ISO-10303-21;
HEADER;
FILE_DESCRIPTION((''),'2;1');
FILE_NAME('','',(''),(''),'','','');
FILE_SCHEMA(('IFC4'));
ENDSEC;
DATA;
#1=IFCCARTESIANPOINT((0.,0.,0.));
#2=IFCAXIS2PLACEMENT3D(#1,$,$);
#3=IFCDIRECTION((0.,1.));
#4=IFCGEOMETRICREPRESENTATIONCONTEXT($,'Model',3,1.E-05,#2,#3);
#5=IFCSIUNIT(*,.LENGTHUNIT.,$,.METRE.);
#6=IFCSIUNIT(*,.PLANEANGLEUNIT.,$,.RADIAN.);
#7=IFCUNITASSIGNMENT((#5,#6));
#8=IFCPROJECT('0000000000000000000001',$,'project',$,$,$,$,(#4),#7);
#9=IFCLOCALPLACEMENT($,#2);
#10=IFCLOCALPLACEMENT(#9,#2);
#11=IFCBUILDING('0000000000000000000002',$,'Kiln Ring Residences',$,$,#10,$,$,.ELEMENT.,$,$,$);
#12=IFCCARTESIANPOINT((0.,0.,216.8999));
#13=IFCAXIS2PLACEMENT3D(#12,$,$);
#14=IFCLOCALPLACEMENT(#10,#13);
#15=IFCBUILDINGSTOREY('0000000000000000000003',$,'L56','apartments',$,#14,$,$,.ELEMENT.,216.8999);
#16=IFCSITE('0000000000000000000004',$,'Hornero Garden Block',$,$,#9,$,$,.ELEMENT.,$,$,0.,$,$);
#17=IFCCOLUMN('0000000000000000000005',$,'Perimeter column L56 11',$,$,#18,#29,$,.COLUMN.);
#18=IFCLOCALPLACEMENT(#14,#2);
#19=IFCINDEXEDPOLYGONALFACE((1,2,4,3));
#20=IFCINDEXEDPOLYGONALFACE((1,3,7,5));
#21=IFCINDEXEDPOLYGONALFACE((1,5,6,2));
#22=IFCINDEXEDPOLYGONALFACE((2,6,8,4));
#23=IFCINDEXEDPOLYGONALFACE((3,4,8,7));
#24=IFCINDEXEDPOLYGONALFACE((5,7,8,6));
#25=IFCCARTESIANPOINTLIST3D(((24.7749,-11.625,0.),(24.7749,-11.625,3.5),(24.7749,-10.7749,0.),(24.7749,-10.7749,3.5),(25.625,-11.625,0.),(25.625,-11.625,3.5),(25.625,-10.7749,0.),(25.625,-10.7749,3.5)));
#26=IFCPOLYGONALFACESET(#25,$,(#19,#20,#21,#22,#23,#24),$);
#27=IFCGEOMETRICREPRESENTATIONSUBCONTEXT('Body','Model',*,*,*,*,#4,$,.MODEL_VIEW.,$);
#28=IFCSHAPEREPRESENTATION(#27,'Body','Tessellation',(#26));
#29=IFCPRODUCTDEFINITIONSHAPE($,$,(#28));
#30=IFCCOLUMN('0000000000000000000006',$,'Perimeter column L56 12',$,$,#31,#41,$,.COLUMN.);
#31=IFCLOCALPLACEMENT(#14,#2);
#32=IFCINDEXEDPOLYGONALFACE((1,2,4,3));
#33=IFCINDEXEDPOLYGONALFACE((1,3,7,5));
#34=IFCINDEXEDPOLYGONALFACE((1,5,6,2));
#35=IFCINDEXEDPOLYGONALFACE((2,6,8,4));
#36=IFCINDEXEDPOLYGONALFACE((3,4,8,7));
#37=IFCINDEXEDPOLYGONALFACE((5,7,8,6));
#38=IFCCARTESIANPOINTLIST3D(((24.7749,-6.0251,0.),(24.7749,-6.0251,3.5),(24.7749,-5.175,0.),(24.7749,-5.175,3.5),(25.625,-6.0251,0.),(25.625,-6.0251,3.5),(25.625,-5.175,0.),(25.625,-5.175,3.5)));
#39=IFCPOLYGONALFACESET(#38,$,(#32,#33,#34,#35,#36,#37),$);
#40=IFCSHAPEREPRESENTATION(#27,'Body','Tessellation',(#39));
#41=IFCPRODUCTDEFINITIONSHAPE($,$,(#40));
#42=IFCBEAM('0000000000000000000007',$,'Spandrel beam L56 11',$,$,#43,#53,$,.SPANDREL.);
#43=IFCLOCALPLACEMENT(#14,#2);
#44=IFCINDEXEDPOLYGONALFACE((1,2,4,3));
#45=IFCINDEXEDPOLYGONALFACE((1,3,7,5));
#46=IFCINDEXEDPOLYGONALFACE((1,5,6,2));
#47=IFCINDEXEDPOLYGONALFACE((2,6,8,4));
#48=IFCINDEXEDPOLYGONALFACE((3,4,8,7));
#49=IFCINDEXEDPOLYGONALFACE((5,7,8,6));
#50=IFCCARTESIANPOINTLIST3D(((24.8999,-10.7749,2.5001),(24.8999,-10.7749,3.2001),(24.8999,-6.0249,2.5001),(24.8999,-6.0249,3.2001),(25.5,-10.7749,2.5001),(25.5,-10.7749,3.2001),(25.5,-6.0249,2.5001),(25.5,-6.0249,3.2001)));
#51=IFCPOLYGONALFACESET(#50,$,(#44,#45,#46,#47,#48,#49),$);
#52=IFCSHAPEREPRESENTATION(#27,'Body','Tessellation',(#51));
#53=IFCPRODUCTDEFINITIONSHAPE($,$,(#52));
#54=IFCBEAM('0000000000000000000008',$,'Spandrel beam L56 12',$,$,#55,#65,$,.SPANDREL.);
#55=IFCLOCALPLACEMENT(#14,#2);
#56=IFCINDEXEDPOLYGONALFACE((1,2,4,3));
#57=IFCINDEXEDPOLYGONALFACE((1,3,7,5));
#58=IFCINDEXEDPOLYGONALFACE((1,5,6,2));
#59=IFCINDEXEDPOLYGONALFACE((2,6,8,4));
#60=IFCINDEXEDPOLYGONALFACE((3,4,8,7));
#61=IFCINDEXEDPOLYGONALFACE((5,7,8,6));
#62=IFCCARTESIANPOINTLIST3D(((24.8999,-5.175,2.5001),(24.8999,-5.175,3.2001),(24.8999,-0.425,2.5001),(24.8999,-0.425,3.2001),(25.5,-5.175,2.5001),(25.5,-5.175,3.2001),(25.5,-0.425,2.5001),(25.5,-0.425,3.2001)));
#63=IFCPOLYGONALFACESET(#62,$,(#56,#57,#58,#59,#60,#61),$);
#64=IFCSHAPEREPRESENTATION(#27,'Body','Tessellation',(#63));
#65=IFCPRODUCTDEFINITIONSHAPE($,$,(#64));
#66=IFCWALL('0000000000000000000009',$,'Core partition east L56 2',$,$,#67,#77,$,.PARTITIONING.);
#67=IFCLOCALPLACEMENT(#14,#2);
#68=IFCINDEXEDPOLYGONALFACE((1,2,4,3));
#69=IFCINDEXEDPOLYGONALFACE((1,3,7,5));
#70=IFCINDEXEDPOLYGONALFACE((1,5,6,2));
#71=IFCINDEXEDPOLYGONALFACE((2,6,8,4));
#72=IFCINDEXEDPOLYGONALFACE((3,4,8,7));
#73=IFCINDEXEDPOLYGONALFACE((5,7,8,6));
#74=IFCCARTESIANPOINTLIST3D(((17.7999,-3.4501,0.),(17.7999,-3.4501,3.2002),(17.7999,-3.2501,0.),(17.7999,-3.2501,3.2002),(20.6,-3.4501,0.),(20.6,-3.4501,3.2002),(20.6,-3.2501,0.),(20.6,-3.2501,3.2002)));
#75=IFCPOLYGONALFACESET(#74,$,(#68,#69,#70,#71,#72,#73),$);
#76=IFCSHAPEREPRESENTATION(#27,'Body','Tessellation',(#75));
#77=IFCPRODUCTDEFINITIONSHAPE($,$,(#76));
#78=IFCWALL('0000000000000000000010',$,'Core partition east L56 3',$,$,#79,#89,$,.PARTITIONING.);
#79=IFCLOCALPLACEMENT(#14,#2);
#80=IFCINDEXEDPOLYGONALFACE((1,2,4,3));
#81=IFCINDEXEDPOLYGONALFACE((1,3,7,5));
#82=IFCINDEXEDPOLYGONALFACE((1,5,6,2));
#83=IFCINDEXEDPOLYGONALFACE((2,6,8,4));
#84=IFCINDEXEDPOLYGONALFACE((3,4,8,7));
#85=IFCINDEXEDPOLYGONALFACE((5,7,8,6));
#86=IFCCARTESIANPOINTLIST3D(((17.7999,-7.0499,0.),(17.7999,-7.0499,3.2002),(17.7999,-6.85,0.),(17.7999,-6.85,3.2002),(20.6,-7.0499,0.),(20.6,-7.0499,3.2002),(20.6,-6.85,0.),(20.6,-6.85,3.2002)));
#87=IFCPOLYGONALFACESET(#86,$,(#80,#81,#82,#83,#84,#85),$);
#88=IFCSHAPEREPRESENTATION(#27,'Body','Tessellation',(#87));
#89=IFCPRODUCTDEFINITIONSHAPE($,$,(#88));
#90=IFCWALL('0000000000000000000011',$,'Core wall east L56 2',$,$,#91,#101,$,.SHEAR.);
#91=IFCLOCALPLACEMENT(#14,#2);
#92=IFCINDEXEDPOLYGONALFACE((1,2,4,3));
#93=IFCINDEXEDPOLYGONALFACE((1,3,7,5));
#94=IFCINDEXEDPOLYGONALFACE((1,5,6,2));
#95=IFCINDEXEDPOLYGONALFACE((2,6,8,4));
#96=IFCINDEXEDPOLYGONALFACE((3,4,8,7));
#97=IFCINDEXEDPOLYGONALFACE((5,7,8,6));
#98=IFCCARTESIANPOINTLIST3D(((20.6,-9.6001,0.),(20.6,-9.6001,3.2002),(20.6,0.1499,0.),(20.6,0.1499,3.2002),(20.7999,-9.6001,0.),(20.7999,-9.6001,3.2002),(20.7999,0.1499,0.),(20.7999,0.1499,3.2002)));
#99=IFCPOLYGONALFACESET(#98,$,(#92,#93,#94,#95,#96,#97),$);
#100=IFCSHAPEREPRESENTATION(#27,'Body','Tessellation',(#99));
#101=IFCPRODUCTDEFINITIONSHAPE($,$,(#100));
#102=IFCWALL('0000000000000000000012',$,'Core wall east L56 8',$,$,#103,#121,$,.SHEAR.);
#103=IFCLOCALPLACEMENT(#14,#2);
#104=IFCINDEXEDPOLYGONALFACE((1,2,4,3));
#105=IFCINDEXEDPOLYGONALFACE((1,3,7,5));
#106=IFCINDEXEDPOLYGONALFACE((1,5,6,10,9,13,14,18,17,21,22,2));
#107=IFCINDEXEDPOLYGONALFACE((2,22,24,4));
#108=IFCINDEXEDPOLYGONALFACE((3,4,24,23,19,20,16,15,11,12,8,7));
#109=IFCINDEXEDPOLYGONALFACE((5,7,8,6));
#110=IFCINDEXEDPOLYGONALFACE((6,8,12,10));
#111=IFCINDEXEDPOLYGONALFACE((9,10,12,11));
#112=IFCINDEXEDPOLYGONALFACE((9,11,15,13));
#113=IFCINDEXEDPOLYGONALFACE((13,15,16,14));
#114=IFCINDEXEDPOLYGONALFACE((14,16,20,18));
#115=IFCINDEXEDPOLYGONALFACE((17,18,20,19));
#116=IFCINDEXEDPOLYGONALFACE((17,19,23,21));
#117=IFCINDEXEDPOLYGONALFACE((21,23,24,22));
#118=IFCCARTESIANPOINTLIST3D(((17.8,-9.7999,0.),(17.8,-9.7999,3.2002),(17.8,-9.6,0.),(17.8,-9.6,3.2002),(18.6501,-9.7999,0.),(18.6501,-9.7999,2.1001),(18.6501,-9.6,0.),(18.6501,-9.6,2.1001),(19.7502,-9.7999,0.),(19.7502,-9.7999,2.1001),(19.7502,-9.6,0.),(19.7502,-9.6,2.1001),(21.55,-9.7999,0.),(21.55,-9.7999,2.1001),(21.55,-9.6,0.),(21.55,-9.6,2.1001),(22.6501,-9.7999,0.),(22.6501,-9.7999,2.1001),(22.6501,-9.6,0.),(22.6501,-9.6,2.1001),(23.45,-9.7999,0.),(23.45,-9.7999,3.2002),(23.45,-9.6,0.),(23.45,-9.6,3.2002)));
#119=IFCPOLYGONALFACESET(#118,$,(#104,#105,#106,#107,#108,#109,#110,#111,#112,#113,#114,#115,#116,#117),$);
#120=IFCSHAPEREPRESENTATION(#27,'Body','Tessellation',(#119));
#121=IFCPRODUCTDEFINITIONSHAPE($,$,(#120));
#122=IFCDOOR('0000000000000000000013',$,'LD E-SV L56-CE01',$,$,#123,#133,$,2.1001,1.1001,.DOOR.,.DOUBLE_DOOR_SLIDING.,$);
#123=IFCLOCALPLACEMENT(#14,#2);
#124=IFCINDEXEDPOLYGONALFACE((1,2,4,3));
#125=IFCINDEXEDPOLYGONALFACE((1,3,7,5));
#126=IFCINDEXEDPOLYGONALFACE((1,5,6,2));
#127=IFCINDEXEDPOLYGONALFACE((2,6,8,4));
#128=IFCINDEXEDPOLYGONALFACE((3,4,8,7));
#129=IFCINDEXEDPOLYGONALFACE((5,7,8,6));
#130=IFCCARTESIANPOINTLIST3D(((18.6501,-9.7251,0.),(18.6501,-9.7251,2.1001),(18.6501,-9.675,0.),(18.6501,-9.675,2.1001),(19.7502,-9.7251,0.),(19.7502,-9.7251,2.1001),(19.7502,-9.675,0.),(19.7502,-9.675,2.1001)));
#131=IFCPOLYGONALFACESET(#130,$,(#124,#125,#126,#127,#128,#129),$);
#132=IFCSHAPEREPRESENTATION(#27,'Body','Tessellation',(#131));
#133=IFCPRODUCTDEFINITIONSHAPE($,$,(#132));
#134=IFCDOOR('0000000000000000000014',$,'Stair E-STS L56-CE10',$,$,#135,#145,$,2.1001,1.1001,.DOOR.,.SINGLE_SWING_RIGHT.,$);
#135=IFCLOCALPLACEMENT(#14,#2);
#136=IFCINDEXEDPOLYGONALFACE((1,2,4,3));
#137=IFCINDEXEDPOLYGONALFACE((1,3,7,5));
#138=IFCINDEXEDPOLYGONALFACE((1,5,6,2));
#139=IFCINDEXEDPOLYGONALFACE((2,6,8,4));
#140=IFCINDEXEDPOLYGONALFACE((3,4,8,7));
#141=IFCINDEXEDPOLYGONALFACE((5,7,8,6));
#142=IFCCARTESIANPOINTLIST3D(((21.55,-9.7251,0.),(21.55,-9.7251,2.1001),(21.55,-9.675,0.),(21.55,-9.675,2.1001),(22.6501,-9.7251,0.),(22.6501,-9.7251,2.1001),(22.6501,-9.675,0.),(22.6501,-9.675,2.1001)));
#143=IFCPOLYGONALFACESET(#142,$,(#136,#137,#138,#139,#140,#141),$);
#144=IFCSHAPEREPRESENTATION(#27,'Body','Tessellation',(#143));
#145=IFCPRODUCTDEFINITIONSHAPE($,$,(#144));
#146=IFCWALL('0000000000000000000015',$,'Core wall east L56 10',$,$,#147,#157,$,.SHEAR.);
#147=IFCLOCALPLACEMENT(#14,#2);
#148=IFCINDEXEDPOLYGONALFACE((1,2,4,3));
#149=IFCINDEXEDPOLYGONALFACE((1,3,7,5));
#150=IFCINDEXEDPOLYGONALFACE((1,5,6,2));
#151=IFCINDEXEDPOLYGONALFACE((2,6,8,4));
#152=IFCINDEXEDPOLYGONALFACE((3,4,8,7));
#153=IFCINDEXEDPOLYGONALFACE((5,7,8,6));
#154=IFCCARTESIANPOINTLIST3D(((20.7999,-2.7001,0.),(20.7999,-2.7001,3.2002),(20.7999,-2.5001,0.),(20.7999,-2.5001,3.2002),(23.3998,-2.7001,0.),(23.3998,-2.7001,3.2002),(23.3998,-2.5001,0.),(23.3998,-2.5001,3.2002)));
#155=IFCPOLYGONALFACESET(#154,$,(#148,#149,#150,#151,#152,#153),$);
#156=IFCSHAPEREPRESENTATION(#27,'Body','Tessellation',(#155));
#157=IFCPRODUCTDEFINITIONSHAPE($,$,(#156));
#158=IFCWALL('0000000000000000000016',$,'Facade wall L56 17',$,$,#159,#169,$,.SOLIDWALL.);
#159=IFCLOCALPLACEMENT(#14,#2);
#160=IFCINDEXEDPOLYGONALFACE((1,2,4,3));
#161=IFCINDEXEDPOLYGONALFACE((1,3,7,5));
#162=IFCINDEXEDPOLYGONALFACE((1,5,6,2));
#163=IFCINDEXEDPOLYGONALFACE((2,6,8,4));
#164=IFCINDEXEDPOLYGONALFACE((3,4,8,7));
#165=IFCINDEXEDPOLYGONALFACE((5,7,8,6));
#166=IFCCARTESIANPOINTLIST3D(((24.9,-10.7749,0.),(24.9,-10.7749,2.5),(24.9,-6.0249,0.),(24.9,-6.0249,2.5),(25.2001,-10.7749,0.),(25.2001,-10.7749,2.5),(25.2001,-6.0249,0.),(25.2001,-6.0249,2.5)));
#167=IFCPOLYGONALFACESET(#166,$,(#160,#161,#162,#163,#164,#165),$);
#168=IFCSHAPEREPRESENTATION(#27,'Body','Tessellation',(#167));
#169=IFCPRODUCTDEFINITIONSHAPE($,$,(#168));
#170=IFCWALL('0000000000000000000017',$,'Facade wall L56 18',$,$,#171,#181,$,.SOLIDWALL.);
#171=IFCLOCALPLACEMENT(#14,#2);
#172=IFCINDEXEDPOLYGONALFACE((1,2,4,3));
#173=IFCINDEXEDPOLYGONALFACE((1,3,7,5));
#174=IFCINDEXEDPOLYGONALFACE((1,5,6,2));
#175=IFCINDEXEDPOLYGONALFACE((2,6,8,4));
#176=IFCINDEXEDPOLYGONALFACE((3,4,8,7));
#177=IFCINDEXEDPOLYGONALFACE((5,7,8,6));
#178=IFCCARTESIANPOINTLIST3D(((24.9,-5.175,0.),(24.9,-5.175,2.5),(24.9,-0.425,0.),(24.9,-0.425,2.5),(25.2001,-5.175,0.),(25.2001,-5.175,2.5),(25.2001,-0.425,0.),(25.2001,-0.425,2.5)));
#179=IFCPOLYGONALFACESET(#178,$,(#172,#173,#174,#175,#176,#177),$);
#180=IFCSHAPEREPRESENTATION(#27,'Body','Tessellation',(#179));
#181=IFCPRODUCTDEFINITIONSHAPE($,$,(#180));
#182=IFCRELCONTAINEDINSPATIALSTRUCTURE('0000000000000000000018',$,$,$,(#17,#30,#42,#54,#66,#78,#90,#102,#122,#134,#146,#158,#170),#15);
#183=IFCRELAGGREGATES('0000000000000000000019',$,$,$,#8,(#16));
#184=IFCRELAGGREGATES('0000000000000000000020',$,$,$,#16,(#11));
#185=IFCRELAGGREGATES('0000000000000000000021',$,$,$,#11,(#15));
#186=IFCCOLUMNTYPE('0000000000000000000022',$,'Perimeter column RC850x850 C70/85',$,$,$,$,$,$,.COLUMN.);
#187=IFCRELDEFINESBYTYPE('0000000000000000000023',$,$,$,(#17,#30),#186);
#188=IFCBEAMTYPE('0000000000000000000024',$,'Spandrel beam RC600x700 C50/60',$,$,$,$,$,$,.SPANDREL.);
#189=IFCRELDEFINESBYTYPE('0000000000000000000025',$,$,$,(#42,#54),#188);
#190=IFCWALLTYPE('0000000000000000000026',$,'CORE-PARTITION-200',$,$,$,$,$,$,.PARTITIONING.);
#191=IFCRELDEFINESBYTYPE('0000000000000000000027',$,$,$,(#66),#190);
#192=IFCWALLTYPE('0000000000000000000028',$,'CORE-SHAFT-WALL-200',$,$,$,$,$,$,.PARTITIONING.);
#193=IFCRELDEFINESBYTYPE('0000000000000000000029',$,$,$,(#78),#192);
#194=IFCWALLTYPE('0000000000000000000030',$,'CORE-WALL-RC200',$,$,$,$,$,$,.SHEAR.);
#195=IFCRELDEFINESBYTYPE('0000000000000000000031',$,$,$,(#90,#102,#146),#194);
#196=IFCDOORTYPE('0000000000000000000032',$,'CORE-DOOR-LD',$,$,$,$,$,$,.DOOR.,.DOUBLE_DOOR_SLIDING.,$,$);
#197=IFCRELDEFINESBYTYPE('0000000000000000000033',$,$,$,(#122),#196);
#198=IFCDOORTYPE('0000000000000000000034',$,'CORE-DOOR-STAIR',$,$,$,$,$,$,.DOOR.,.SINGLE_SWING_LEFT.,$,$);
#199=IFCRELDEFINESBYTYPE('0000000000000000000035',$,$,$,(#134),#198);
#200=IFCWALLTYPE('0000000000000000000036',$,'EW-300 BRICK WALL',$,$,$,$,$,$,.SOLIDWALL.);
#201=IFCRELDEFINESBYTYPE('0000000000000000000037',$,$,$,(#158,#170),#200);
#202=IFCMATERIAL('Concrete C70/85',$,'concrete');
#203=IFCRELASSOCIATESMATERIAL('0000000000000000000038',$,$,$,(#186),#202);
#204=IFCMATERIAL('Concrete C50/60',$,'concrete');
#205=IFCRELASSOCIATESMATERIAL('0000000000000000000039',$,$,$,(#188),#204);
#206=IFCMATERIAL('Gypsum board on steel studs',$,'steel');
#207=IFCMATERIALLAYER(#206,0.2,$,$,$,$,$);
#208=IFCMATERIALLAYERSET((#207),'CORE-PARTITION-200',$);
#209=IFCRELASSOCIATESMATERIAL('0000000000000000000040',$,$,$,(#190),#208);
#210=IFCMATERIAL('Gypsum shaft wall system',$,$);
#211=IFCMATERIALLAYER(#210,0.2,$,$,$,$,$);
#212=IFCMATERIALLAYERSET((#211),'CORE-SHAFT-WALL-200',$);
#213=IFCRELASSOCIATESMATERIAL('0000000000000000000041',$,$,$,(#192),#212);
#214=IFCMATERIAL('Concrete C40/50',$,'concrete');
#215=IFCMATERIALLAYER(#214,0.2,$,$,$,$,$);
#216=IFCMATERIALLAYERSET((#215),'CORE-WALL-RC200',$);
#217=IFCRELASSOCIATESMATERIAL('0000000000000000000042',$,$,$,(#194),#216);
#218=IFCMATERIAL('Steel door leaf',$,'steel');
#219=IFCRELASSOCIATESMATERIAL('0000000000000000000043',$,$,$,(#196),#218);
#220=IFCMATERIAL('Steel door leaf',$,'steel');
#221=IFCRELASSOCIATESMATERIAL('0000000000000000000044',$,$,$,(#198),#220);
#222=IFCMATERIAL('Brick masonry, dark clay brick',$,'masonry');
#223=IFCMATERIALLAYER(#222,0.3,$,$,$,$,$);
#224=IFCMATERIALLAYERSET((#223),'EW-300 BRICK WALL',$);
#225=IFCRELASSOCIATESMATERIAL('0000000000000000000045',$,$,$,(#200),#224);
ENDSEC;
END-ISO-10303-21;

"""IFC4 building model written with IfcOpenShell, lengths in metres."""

from ifc_helpers import new_model, si_unit, direction, frame, frame_2d, origin, origin_2d, place, context, subcontext, project, spatial, rectangle, extrude, material, layer, layer_set, material_profile, profile_set, type_object, element, fill, save


model = new_model("IFC4")

# Units and contexts
model_context = context("Model", 3, precision=1e-05, world=origin(), true_north=direction((0.0, 1.0)))
body_context = subcontext(model_context, "Body", "Model", "MODEL_VIEW")
ifc_project = project(units=[si_unit("LENGTHUNIT", "METRE"), si_unit("PLANEANGLEUNIT", "RADIAN")], contexts=[model_context])

# Site, building, storey
site_placement = place(None, origin())
site = spatial("IfcSite", under=ifc_project, at=site_placement, Name="Hornero Garden Block", CompositionType="ELEMENT", RefElevation=0.0)
building_placement = place(site_placement, origin())
building = spatial("IfcBuilding", under=site, at=building_placement, Name="Kiln Ring Residences", CompositionType="ELEMENT")
storey_placement = place(building_placement, frame((0.0, 0.0, 216.8999)))
storey = spatial("IfcBuildingStorey", under=building, at=storey_placement, Name="L56", Description="apartments", CompositionType="ELEMENT", Elevation=216.8999)

# Columns
ifc_material_1 = material(Name="Concrete C70/85", Category="concrete")
ifc_material_profile_1 = material_profile(ifc_material_1, rectangle(XDim=0.8501, YDim=0.8501, at=origin_2d()), Name="RC850x850")
ifc_profile_set_1 = profile_set([ifc_material_profile_1], Name="Concrete C70/85")
column_type = type_object("IfcColumnType", Name="Perimeter column RC850x850 C70/85", PredefinedType="COLUMN", material=ifc_profile_set_1)
for number, where, z_axis, x_axis, name in (
    (1, (25.2, -11.2, 0.0), (0.0, 0.0, 1.0), (1.0, 0.0, 0.0), "Perimeter column L56 11"),
    (2, (25.2, -5.6001, 0.0), (0.0, 0.0, 1.0), (1.0, 0.0, 0.0), "Perimeter column L56 12"),
):
    element("IfcColumn", number, at=place(storey_placement, frame(where, z_axis=z_axis, x_axis=x_axis)), inside=storey, type_object=column_type, Name=name, PredefinedType="COLUMN", context=body_context, shape_type="SweptSolid", body=[
        extrude(rectangle(XDim=0.8501, YDim=0.8501, at=origin_2d()), origin(), (0.0, 0.0, 1.0), 3.5),
    ])

# Beams
ifc_material_2 = material(Name="Concrete C50/60", Category="concrete")
ifc_material_profile_2 = material_profile(ifc_material_2, rectangle(XDim=0.6001, YDim=0.7, at=origin_2d()), Name="RC600x700")
ifc_profile_set_2 = profile_set([ifc_material_profile_2], Name="Concrete C50/60")
beam_type = type_object("IfcBeamType", Name="Spandrel beam RC600x700 C50/60", PredefinedType="SPANDREL", material=ifc_profile_set_2)
for number, where, z_axis, x_axis, name in (
    (3, (25.2, -10.7749, 2.8501), (0.0, 1.0, 0.0), (-1.0, 0.0, 0.0), "Spandrel beam L56 11"),
    (4, (25.2, -5.175, 2.8501), (0.0, 1.0, 0.0), (-1.0, 0.0, 0.0), "Spandrel beam L56 12"),
):
    element("IfcBeam", number, at=place(storey_placement, frame(where, z_axis=z_axis, x_axis=x_axis)), inside=storey, type_object=beam_type, Name=name, PredefinedType="SPANDREL", context=body_context, shape_type="SweptSolid", body=[
        extrude(rectangle(XDim=0.6001, YDim=0.7, at=origin_2d()), origin(), (0.0, 0.0, 1.0), 4.75),
    ])

# Walls
ifc_material_3 = material(Name="Gypsum board on steel studs", Category="steel")
ifc_layer_1 = layer(ifc_material_3, 0.2)
ifc_layer_set_1 = layer_set([ifc_layer_1], Name="CORE-PARTITION-200")
wall_type_1 = type_object("IfcWallType", Name="CORE-PARTITION-200", PredefinedType="PARTITIONING", material=ifc_layer_set_1)
wall_1_placement = place(storey_placement, frame((17.8, -3.3501, 0.0), z_axis=(0.0, 0.0, 1.0), x_axis=(1.0, 0.0, 0.0)))
element("IfcWall", 5, at=wall_1_placement, inside=storey, type_object=wall_type_1, Name="Core partition east L56 2", PredefinedType="PARTITIONING", context=body_context, shape_type="SweptSolid", body=[
    extrude(rectangle(XDim=2.8, YDim=0.2, at=frame_2d((1.3999, 0.0))), origin(), (0.0, 0.0, 1.0), 3.2002),
])
ifc_material_4 = material(Name="Gypsum shaft wall system")
ifc_layer_2 = layer(ifc_material_4, 0.2)
ifc_layer_set_2 = layer_set([ifc_layer_2], Name="CORE-SHAFT-WALL-200")
wall_type_2 = type_object("IfcWallType", Name="CORE-SHAFT-WALL-200", PredefinedType="PARTITIONING", material=ifc_layer_set_2)
wall_2_placement = place(storey_placement, frame((17.8, -6.95, 0.0), z_axis=(0.0, 0.0, 1.0), x_axis=(1.0, 0.0, 0.0)))
element("IfcWall", 6, at=wall_2_placement, inside=storey, type_object=wall_type_2, Name="Core partition east L56 3", PredefinedType="PARTITIONING", context=body_context, shape_type="SweptSolid", body=[
    extrude(rectangle(XDim=2.8, YDim=0.2, at=frame_2d((1.3999, 0.0))), origin(), (0.0, 0.0, 1.0), 3.2002),
])
ifc_material_5 = material(Name="Concrete C40/50", Category="concrete")
ifc_layer_3 = layer(ifc_material_5, 0.2)
ifc_layer_set_3 = layer_set([ifc_layer_3], Name="CORE-WALL-RC200")
wall_type_3 = type_object("IfcWallType", Name="CORE-WALL-RC200", PredefinedType="SHEAR", material=ifc_layer_set_3)
wall_3_placement = place(storey_placement, frame((20.7, -9.6001, 0.0), z_axis=(0.0, 0.0, 1.0), x_axis=(0.0, 1.0, 0.0)))
element("IfcWall", 7, at=wall_3_placement, inside=storey, type_object=wall_type_3, Name="Core wall east L56 2", PredefinedType="SHEAR", context=body_context, shape_type="SweptSolid", body=[
    extrude(rectangle(XDim=9.75, YDim=0.2, at=frame_2d((4.875, 0.0))), origin(), (0.0, 0.0, 1.0), 3.2002),
])

# Wall, openings, doors
wall_4_placement = place(storey_placement, frame((17.8, -9.7, 0.0), z_axis=(0.0, 0.0, 1.0), x_axis=(1.0, 0.0, 0.0)))
wall_4 = element("IfcWall", 8, at=wall_4_placement, inside=storey, type_object=wall_type_3, Name="Core wall east L56 8", PredefinedType="SHEAR", context=body_context, shape_type="SweptSolid", body=[
    extrude(rectangle(XDim=5.6499, YDim=0.2, at=frame_2d((2.825, 0.0))), origin(), (0.0, 0.0, 1.0), 3.2002),
])
opening_1_placement = place(wall_4_placement, frame((0.8501, 0.0, 0.0)))
opening_1 = element("IfcOpeningElement", 9, at=opening_1_placement, cuts=wall_4, PredefinedType="OPENING", context=body_context, shape_type="SweptSolid", body=[
    extrude(rectangle(XDim=1.1001, YDim=2.1001, at=frame_2d((0.55, 1.05))), frame((0.0, 0.1099, 0.0), z_axis=(0.0, -1.0, 0.0), x_axis=(1.0, 0.0, 0.0)), (0.0, 0.0, 1.0), 0.22),
])
opening_2_placement = place(wall_4_placement, frame((3.75, 0.0, 0.0)))
opening_2 = element("IfcOpeningElement", 10, at=opening_2_placement, cuts=wall_4, PredefinedType="OPENING", context=body_context, shape_type="SweptSolid", body=[
    extrude(rectangle(XDim=1.1001, YDim=2.1001, at=frame_2d((0.55, 1.05))), frame((0.0, 0.1099, 0.0), z_axis=(0.0, -1.0, 0.0), x_axis=(1.0, 0.0, 0.0)), (0.0, 0.0, 1.0), 0.22),
])
ifc_material_6 = material(Name="Steel door leaf", Category="steel")
door_type_1 = type_object("IfcDoorType", Name="CORE-DOOR-LD", OperationType="DOUBLE_DOOR_SLIDING", PredefinedType="DOOR", material=ifc_material_6)
door_1_placement = place(opening_1_placement, origin())
door_1 = element("IfcDoor", 11, at=door_1_placement, inside=storey, type_object=door_type_1, Name="LD E-SV L56-CE01", OperationType="DOUBLE_DOOR_SLIDING", OverallHeight=2.1001, OverallWidth=1.1001, PredefinedType="DOOR", context=body_context, shape_type="SweptSolid", body=[
    extrude(rectangle(XDim=1.1001, YDim=2.1001, at=frame_2d((0.55, 1.05))), frame((0.0, 0.0249, 0.0), z_axis=(0.0, -1.0, 0.0), x_axis=(1.0, 0.0, 0.0)), (0.0, 0.0, 1.0), 0.05),
])
fill(opening_1, door_1)
ifc_material_7 = material(Name="Steel door leaf", Category="steel")
door_type_2 = type_object("IfcDoorType", Name="CORE-DOOR-STAIR", OperationType="SINGLE_SWING_LEFT", PredefinedType="DOOR", material=ifc_material_7)
door_2_placement = place(opening_2_placement, origin())
door_2 = element("IfcDoor", 12, at=door_2_placement, inside=storey, type_object=door_type_2, Name="Stair E-STS L56-CE10", OperationType="SINGLE_SWING_RIGHT", OverallHeight=2.1001, OverallWidth=1.1001, PredefinedType="DOOR", context=body_context, shape_type="SweptSolid", body=[
    extrude(rectangle(XDim=1.1001, YDim=2.1001, at=frame_2d((0.55, 1.05))), frame((0.0, 0.0249, 0.0), z_axis=(0.0, -1.0, 0.0), x_axis=(1.0, 0.0, 0.0)), (0.0, 0.0, 1.0), 0.05),
])
fill(opening_2, door_2)

# Walls
wall_5_placement = place(storey_placement, frame((20.8, -2.6001, 0.0), z_axis=(0.0, 0.0, 1.0), x_axis=(1.0, 0.0, 0.0)))
element("IfcWall", 13, at=wall_5_placement, inside=storey, type_object=wall_type_3, Name="Core wall east L56 10", PredefinedType="SHEAR", context=body_context, shape_type="SweptSolid", body=[
    extrude(rectangle(XDim=2.5999, YDim=0.2, at=frame_2d((1.2998, 0.0))), origin(), (0.0, 0.0, 1.0), 3.2002),
])
ifc_material_8 = material(Name="Brick masonry, dark clay brick", Category="masonry")
ifc_layer_4 = layer(ifc_material_8, 0.3)
ifc_layer_set_4 = layer_set([ifc_layer_4], Name="EW-300 BRICK WALL")
wall_type_4 = type_object("IfcWallType", Name="EW-300 BRICK WALL", PredefinedType="SOLIDWALL", material=ifc_layer_set_4)
for number, where, z_axis, x_axis, name in (
    (14, (25.05, -10.7749, 0.0), (0.0, 0.0, 1.0), (0.0, 1.0, 0.0), "Facade wall L56 17"),
    (15, (25.05, -5.175, 0.0), (0.0, 0.0, 1.0), (0.0, 1.0, 0.0), "Facade wall L56 18"),
):
    element("IfcWall", number, at=place(storey_placement, frame(where, z_axis=z_axis, x_axis=x_axis)), inside=storey, type_object=wall_type_4, Name=name, PredefinedType="SOLIDWALL", context=body_context, shape_type="SweptSolid", body=[
        extrude(rectangle(XDim=4.75, YDim=0.3, at=frame_2d((2.375, 0.0))), origin(), (0.0, 0.0, 1.0), 2.5),
    ])

save(model, "model.ifc")
